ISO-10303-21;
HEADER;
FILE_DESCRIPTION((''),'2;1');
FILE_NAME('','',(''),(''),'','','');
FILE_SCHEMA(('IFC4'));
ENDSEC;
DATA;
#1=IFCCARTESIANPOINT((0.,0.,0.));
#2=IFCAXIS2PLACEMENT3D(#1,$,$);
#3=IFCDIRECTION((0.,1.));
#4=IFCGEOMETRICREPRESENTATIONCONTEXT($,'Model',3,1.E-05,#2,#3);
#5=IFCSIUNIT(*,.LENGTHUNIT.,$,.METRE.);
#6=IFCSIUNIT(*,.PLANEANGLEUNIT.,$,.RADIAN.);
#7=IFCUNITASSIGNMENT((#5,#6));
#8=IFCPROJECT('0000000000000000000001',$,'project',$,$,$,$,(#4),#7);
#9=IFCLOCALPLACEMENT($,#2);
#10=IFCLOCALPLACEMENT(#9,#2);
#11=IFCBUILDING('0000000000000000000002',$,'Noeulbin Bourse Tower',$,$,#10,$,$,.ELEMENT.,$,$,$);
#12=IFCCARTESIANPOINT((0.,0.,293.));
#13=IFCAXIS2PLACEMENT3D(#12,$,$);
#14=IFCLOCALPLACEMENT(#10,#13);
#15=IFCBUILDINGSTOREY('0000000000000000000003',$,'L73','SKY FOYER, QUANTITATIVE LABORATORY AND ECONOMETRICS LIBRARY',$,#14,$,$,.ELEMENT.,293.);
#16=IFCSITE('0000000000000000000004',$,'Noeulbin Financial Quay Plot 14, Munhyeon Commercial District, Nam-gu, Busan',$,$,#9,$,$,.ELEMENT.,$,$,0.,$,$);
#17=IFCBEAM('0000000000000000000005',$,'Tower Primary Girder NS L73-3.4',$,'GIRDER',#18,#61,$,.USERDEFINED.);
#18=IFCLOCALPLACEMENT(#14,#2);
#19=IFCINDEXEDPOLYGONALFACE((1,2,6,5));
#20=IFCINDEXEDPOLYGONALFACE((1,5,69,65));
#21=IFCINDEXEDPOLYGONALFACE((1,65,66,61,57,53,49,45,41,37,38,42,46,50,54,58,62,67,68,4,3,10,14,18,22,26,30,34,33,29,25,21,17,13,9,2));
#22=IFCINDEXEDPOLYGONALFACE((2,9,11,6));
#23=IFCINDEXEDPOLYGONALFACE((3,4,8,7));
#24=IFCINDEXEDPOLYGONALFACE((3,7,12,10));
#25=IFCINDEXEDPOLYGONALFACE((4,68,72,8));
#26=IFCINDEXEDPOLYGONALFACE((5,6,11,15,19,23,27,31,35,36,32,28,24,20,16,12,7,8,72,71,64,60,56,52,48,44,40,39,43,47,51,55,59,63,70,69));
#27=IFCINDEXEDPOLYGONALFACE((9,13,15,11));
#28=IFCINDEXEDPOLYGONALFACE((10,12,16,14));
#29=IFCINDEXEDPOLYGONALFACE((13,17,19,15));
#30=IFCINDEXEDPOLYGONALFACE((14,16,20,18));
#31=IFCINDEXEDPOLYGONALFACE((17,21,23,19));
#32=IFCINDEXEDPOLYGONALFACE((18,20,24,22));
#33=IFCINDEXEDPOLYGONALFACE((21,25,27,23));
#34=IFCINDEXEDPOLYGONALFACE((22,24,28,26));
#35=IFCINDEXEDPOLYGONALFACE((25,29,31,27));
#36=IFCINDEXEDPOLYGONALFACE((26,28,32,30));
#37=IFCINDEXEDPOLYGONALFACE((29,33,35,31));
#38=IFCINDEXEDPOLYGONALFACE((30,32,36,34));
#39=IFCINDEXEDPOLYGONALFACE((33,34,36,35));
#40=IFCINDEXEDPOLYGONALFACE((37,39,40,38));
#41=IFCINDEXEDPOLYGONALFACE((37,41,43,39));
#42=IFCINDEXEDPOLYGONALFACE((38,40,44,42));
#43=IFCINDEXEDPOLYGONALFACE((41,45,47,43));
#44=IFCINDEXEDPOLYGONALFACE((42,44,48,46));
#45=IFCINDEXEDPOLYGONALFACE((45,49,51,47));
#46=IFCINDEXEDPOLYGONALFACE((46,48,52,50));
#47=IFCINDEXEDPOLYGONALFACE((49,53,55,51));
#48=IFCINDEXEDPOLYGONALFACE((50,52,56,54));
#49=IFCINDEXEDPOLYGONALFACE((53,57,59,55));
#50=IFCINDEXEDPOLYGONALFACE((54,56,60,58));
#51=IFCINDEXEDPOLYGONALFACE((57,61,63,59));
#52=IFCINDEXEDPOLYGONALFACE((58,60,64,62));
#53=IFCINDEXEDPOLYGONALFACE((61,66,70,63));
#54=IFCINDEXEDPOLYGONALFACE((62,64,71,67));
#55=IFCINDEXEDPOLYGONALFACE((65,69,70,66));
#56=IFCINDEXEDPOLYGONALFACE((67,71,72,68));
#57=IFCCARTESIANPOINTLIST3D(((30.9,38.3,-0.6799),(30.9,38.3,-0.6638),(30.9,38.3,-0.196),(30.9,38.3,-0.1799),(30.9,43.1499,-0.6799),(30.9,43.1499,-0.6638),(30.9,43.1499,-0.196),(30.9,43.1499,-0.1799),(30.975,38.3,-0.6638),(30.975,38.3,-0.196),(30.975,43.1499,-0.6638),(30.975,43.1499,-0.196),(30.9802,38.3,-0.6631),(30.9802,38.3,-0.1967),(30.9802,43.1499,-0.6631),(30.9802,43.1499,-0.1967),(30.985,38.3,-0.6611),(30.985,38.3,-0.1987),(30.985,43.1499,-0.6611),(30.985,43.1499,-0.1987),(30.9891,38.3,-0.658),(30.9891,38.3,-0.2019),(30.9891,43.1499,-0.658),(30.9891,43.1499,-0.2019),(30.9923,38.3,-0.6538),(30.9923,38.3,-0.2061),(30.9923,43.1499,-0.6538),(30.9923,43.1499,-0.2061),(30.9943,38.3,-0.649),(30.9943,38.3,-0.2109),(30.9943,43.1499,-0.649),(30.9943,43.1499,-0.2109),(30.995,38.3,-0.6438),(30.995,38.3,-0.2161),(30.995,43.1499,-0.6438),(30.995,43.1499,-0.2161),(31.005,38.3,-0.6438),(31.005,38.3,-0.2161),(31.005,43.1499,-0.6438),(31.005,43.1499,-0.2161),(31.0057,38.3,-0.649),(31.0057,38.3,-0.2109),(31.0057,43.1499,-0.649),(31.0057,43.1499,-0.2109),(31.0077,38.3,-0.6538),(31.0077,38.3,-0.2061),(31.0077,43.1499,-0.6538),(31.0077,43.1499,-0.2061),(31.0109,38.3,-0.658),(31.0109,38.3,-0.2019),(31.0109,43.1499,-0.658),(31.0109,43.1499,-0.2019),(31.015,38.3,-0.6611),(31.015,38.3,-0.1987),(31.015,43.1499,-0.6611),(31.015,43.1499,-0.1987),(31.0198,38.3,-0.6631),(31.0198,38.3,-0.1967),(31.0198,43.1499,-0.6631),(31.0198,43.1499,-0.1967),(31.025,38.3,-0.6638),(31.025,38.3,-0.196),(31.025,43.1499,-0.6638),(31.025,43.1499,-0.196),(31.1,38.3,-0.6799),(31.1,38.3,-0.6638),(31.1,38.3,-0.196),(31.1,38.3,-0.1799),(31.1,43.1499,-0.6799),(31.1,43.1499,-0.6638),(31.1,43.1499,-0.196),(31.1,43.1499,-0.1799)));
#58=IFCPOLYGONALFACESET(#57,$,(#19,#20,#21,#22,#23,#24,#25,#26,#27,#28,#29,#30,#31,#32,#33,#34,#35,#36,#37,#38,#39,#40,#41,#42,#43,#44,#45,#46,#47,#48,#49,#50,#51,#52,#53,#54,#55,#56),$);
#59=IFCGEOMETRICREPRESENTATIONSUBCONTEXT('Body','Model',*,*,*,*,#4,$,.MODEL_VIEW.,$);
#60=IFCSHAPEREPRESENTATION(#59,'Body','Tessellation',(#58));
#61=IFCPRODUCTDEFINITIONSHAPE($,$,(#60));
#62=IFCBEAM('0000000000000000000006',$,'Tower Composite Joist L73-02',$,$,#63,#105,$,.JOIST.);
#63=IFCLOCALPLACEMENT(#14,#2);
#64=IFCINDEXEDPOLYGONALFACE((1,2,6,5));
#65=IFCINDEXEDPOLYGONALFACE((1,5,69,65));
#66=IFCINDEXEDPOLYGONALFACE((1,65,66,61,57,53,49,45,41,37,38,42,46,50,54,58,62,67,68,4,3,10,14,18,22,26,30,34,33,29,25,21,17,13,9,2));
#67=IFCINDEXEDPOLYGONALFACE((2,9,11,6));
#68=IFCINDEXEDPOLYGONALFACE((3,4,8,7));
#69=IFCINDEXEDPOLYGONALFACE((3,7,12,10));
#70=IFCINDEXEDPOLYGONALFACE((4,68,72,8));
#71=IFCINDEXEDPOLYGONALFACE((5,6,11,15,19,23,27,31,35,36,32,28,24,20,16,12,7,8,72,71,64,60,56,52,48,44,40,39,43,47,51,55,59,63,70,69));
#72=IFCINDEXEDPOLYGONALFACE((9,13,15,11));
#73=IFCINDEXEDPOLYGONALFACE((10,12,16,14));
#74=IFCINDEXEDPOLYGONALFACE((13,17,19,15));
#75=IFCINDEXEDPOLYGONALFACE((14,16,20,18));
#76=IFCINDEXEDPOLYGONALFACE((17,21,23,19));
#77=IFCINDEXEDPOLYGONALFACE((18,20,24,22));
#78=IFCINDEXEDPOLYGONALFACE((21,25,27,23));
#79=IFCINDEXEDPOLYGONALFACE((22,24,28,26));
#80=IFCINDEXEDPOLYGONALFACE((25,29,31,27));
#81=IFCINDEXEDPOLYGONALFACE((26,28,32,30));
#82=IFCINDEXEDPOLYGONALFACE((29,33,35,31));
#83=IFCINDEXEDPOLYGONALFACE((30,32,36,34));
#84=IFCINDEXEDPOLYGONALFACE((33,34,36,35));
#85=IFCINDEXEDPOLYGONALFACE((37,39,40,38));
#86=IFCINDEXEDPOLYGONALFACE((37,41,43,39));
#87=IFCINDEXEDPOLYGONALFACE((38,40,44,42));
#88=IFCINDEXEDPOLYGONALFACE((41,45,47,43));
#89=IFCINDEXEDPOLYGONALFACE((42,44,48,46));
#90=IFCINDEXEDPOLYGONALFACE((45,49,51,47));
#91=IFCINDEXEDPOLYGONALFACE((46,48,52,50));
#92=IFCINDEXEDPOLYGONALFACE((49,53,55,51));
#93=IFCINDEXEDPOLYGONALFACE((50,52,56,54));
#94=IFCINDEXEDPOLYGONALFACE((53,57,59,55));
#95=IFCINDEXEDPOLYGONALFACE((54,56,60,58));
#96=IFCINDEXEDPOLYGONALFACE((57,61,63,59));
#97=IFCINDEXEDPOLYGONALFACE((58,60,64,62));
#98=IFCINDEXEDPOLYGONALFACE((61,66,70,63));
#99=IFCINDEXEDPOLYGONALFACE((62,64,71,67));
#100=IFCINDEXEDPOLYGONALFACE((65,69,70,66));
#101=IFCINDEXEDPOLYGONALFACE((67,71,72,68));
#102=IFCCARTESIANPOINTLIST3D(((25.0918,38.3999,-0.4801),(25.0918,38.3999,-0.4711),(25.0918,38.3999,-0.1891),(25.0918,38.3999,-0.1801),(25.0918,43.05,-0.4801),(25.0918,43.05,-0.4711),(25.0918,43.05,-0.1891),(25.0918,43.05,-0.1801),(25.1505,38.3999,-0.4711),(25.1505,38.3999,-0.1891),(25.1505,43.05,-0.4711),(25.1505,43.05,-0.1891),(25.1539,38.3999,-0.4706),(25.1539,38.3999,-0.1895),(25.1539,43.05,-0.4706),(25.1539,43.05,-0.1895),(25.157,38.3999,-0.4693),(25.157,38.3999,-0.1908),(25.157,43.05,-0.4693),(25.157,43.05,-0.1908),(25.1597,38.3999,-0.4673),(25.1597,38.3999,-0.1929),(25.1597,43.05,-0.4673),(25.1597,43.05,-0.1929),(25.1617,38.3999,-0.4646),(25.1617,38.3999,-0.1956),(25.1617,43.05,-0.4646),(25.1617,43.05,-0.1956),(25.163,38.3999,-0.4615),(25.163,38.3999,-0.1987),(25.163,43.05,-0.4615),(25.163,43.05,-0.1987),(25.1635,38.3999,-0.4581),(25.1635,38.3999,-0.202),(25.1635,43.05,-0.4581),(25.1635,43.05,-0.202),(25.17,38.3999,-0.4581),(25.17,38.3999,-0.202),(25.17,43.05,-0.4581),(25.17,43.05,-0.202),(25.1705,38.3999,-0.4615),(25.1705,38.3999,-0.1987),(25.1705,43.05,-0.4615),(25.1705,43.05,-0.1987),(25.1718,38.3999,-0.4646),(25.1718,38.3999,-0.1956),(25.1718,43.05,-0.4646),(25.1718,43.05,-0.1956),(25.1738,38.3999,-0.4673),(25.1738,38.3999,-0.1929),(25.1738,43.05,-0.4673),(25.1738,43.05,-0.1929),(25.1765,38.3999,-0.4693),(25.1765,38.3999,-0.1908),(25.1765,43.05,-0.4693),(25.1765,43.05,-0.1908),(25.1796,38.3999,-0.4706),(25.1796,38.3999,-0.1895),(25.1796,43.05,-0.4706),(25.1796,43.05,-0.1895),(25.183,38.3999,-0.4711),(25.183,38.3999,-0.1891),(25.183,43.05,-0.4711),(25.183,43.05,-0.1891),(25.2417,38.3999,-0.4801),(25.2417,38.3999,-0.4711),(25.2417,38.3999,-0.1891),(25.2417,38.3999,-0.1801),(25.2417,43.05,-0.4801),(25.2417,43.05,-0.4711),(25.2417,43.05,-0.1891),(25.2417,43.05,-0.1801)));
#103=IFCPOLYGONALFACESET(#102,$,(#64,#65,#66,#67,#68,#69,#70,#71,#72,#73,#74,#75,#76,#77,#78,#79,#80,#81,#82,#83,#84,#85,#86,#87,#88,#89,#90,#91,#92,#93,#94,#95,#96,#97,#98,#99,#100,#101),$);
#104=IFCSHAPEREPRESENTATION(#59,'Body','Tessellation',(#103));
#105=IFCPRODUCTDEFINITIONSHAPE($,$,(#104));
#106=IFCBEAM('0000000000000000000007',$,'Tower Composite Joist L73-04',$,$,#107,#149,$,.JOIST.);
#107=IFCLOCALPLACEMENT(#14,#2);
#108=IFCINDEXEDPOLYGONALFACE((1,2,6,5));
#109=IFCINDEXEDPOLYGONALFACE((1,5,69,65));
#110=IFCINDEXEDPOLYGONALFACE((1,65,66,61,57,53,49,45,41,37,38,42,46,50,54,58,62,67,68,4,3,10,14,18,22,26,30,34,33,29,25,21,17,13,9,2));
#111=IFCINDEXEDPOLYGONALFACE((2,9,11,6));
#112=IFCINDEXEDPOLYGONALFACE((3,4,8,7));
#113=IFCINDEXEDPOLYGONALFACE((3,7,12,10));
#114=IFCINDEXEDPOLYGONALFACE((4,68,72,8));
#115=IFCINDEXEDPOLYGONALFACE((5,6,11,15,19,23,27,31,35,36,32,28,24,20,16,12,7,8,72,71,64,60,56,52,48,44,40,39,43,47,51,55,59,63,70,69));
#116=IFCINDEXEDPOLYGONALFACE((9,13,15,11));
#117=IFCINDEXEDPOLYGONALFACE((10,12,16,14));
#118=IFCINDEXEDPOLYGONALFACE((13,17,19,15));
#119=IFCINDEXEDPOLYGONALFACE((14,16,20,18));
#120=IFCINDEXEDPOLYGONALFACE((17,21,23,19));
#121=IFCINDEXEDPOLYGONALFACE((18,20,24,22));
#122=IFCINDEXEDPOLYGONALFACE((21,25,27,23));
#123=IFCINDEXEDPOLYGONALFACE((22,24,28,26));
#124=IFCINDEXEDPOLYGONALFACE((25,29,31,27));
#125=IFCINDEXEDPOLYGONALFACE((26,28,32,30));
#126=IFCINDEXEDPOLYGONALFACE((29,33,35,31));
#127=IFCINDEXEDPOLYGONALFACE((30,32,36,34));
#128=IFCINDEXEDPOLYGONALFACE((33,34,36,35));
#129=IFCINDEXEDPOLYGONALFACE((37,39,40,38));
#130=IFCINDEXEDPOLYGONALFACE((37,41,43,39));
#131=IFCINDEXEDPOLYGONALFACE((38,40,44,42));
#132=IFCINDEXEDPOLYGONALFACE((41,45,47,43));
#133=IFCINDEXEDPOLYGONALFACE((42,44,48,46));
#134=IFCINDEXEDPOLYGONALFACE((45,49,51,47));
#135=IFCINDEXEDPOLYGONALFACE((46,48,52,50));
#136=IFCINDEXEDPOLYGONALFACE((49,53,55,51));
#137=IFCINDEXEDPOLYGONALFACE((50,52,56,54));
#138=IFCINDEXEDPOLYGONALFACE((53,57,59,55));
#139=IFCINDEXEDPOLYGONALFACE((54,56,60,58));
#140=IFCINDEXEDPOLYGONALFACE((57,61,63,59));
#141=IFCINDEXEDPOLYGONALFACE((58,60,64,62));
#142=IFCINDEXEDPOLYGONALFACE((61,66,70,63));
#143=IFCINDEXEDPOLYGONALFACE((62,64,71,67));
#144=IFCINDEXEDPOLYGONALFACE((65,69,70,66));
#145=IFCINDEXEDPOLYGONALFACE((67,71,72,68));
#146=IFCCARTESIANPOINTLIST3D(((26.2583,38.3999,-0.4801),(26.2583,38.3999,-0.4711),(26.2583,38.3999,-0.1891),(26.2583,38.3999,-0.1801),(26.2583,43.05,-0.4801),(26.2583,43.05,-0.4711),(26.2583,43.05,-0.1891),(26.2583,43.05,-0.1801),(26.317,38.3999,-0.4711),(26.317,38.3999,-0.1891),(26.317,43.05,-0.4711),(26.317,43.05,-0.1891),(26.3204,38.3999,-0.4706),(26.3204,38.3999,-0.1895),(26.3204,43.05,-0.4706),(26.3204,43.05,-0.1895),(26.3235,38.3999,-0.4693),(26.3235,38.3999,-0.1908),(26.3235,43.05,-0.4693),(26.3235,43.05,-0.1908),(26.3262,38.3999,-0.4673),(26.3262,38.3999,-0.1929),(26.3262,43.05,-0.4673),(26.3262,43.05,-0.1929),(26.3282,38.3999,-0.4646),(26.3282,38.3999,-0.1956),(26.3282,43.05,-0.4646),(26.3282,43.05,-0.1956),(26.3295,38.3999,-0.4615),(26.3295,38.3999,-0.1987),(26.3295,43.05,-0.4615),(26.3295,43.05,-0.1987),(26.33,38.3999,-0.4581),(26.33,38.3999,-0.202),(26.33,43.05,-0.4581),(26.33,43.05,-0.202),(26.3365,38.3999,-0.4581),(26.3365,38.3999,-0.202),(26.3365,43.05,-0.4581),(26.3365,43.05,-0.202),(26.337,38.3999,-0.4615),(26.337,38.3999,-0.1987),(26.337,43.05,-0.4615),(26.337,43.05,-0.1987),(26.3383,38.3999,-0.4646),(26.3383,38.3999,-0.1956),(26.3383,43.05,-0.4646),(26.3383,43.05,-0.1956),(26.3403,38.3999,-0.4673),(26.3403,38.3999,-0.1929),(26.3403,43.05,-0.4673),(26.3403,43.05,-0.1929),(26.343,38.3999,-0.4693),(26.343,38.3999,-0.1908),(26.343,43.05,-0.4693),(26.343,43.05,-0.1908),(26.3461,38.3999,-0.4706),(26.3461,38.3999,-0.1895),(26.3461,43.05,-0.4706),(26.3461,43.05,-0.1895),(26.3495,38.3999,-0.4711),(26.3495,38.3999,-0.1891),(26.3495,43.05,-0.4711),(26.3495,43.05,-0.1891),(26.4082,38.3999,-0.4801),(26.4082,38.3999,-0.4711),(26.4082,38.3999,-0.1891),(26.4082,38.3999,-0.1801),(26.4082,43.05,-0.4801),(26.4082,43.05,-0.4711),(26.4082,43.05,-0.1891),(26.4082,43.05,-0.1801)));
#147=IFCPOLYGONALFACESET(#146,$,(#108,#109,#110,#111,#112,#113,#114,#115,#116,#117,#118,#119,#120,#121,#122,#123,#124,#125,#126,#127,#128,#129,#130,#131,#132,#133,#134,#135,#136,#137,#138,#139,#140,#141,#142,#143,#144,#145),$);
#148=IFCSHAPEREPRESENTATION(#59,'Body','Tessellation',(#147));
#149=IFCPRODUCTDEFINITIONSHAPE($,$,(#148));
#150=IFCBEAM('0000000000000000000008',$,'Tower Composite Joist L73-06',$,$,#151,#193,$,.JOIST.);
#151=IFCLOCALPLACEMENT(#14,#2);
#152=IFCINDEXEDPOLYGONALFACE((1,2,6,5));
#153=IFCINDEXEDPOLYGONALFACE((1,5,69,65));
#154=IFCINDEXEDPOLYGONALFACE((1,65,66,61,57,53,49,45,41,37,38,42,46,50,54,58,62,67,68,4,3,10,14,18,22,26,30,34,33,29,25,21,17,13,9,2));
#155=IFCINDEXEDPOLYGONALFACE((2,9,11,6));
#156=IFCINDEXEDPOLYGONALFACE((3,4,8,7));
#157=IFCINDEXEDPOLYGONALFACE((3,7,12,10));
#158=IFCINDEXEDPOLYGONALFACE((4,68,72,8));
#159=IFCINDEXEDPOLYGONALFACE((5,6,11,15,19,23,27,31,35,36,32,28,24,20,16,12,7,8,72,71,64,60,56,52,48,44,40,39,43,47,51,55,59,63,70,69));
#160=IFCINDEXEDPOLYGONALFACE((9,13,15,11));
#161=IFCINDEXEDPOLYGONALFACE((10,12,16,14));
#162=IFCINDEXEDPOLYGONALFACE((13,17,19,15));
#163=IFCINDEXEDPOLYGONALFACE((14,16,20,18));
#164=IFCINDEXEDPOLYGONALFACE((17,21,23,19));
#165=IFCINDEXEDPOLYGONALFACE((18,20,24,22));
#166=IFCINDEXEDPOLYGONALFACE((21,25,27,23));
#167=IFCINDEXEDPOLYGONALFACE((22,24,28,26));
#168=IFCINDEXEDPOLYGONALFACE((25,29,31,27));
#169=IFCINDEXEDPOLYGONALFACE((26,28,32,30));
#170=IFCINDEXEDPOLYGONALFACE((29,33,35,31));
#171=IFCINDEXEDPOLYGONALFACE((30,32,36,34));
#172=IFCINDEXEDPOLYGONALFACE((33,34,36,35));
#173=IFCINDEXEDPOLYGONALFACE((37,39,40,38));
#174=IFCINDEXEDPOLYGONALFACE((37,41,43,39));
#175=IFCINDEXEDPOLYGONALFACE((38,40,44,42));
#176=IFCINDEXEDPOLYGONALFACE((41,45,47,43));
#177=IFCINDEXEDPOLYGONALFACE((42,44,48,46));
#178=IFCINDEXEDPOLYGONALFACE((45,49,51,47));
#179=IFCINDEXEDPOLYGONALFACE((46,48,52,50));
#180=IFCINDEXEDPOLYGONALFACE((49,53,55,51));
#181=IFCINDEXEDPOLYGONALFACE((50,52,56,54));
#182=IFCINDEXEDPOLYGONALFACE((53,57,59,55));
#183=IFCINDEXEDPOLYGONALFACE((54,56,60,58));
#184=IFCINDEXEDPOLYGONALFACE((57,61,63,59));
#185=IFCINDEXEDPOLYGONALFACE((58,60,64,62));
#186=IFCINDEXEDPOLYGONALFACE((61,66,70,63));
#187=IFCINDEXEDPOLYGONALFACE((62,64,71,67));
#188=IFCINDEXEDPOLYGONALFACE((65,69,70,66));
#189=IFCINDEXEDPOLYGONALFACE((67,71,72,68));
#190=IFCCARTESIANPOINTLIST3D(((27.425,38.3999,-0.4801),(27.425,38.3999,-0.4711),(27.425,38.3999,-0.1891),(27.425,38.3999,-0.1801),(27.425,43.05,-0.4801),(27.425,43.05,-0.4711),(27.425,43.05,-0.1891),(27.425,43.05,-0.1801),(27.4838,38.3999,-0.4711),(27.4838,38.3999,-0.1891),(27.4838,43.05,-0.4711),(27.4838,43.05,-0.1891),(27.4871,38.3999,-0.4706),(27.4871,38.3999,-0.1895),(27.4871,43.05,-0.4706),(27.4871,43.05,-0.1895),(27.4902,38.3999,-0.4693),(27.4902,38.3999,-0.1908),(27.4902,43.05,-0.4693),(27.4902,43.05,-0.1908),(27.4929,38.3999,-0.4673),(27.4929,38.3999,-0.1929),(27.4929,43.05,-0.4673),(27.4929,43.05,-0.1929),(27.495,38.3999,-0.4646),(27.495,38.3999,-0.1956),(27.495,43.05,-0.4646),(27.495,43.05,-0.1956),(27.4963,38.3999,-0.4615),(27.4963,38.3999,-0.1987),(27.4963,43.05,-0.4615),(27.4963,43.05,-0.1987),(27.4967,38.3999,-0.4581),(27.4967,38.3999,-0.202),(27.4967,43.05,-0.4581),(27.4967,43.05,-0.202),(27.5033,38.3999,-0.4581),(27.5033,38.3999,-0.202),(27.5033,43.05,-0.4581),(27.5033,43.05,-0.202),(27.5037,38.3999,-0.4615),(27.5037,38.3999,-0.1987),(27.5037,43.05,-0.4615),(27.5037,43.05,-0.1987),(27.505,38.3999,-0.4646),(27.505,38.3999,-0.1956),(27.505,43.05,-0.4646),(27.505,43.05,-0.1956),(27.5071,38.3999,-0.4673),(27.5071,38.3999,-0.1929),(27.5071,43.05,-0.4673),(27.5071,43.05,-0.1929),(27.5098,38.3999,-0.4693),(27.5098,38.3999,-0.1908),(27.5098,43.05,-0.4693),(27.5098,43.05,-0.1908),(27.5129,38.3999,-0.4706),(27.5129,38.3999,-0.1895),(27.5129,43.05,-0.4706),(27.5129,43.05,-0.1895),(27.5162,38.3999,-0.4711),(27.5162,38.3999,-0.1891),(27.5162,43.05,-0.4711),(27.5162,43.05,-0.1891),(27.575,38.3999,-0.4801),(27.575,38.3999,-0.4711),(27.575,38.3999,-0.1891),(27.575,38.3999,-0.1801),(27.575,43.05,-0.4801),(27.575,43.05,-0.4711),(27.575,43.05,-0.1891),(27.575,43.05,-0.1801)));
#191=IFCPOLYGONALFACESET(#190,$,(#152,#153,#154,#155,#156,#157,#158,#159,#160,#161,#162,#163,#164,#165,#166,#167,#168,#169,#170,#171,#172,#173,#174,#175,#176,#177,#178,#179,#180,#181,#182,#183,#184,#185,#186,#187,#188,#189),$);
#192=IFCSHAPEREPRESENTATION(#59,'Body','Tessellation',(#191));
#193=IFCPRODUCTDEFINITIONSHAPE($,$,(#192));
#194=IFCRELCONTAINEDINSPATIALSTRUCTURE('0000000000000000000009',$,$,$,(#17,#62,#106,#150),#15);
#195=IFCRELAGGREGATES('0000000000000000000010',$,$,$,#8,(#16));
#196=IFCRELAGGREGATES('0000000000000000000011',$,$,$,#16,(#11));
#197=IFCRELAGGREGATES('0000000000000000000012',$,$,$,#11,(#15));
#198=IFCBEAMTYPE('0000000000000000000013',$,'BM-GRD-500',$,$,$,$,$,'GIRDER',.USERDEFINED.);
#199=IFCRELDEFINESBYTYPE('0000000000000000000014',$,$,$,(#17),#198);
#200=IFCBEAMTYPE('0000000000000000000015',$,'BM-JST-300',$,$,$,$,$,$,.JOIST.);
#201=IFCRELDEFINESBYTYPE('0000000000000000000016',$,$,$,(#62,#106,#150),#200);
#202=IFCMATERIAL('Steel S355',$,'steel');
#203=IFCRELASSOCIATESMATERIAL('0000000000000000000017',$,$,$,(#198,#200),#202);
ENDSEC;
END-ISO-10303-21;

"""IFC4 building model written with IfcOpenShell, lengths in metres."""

from ifc_helpers import new_model, si_unit, direction, frame, origin, origin_2d, place, context, subcontext, project, spatial, i_section, extrude, material, material_profile, profile_set, type_object, element, save


model = new_model("IFC4")

# Units and contexts
model_context = context("Model", 3, precision=1e-05, world=origin(), true_north=direction((0.0, 1.0)))
body_context = subcontext(model_context, "Body", "Model", "MODEL_VIEW")
ifc_project = project(units=[si_unit("LENGTHUNIT", "METRE"), si_unit("PLANEANGLEUNIT", "RADIAN")], contexts=[model_context])

# Site, building, storey
site_placement = place(None, origin())
site = spatial("IfcSite", under=ifc_project, at=site_placement, Name="Noeulbin Financial Quay Plot 14, Munhyeon Commercial District, Nam-gu, Busan", CompositionType="ELEMENT", RefElevation=0.0)
building_placement = place(site_placement, origin())
building = spatial("IfcBuilding", under=site, at=building_placement, Name="Noeulbin Bourse Tower", CompositionType="ELEMENT")
storey_placement = place(building_placement, frame((0.0, 0.0, 293.0)))
storey = spatial("IfcBuildingStorey", under=building, at=storey_placement, Name="L73", Description="SKY FOYER, QUANTITATIVE LABORATORY AND ECONOMETRICS LIBRARY", CompositionType="ELEMENT", Elevation=293.0)

# Shared definitions
ifc_material_1 = material(Name="Steel S355", Category="steel")

# Beams
ifc_material_profile_1 = material_profile(ifc_material_1, i_section(OverallWidth=0.2, OverallDepth=0.5, WebThickness=0.01, FlangeThickness=0.0161, FilletRadius=0.02, at=origin_2d()), Name="H-500x200x10x16", Category="LoadBearing")
ifc_profile_set_1 = profile_set([ifc_material_profile_1], Name="Steel S355")
beam_type_1 = type_object("IfcBeamType", Name="BM-GRD-500", ElementType="GIRDER", PredefinedType="USERDEFINED", material=ifc_profile_set_1)
for number, where, z_axis, x_axis, name in (
    (1, (31.0, 38.3, -0.4299), (0.0, 1.0, 0.0), (-1.0, 0.0, 0.0), "Tower Primary Girder NS L73-3.4"),
):
    element("IfcBeam", number, at=place(storey_placement, frame(where, z_axis=z_axis, x_axis=x_axis)), inside=storey, type_object=beam_type_1, Name=name, ObjectType="GIRDER", PredefinedType="USERDEFINED", context=body_context, shape_type="SweptSolid", body=[
        extrude(i_section(OverallWidth=0.2, OverallDepth=0.5, WebThickness=0.01, FlangeThickness=0.0161, FilletRadius=0.02, at=origin_2d()), origin(), (0.0, 0.0, 1.0), 4.8499),
    ])
ifc_material_profile_2 = material_profile(ifc_material_1, i_section(OverallWidth=0.1499, OverallDepth=0.3, WebThickness=0.0066, FlangeThickness=0.009, FilletRadius=0.0129, at=origin_2d()), Name="H-300x150x6.5x9", Category="LoadBearing")
ifc_profile_set_2 = profile_set([ifc_material_profile_2], Name="Steel S355")
beam_type_2 = type_object("IfcBeamType", Name="BM-JST-300", PredefinedType="JOIST", material=ifc_profile_set_2)
for number, where, z_axis, x_axis, name in (
    (2, (25.1667, 38.3999, -0.3301), (0.0, 1.0, 0.0), (-1.0, 0.0, 0.0), "Tower Composite Joist L73-02"),
    (3, (26.3333, 38.3999, -0.3301), (0.0, 1.0, 0.0), (-1.0, 0.0, 0.0), "Tower Composite Joist L73-04"),
    (4, (27.5, 38.3999, -0.3301), (0.0, 1.0, 0.0), (-1.0, 0.0, 0.0), "Tower Composite Joist L73-06"),
):
    element("IfcBeam", number, at=place(storey_placement, frame(where, z_axis=z_axis, x_axis=x_axis)), inside=storey, type_object=beam_type_2, Name=name, PredefinedType="JOIST", context=body_context, shape_type="SweptSolid", body=[
        extrude(i_section(OverallWidth=0.1499, OverallDepth=0.3, WebThickness=0.0066, FlangeThickness=0.009, FilletRadius=0.0129, at=origin_2d()), origin(), (0.0, 0.0, 1.0), 4.6501),
    ])

save(model, "model.ifc")
